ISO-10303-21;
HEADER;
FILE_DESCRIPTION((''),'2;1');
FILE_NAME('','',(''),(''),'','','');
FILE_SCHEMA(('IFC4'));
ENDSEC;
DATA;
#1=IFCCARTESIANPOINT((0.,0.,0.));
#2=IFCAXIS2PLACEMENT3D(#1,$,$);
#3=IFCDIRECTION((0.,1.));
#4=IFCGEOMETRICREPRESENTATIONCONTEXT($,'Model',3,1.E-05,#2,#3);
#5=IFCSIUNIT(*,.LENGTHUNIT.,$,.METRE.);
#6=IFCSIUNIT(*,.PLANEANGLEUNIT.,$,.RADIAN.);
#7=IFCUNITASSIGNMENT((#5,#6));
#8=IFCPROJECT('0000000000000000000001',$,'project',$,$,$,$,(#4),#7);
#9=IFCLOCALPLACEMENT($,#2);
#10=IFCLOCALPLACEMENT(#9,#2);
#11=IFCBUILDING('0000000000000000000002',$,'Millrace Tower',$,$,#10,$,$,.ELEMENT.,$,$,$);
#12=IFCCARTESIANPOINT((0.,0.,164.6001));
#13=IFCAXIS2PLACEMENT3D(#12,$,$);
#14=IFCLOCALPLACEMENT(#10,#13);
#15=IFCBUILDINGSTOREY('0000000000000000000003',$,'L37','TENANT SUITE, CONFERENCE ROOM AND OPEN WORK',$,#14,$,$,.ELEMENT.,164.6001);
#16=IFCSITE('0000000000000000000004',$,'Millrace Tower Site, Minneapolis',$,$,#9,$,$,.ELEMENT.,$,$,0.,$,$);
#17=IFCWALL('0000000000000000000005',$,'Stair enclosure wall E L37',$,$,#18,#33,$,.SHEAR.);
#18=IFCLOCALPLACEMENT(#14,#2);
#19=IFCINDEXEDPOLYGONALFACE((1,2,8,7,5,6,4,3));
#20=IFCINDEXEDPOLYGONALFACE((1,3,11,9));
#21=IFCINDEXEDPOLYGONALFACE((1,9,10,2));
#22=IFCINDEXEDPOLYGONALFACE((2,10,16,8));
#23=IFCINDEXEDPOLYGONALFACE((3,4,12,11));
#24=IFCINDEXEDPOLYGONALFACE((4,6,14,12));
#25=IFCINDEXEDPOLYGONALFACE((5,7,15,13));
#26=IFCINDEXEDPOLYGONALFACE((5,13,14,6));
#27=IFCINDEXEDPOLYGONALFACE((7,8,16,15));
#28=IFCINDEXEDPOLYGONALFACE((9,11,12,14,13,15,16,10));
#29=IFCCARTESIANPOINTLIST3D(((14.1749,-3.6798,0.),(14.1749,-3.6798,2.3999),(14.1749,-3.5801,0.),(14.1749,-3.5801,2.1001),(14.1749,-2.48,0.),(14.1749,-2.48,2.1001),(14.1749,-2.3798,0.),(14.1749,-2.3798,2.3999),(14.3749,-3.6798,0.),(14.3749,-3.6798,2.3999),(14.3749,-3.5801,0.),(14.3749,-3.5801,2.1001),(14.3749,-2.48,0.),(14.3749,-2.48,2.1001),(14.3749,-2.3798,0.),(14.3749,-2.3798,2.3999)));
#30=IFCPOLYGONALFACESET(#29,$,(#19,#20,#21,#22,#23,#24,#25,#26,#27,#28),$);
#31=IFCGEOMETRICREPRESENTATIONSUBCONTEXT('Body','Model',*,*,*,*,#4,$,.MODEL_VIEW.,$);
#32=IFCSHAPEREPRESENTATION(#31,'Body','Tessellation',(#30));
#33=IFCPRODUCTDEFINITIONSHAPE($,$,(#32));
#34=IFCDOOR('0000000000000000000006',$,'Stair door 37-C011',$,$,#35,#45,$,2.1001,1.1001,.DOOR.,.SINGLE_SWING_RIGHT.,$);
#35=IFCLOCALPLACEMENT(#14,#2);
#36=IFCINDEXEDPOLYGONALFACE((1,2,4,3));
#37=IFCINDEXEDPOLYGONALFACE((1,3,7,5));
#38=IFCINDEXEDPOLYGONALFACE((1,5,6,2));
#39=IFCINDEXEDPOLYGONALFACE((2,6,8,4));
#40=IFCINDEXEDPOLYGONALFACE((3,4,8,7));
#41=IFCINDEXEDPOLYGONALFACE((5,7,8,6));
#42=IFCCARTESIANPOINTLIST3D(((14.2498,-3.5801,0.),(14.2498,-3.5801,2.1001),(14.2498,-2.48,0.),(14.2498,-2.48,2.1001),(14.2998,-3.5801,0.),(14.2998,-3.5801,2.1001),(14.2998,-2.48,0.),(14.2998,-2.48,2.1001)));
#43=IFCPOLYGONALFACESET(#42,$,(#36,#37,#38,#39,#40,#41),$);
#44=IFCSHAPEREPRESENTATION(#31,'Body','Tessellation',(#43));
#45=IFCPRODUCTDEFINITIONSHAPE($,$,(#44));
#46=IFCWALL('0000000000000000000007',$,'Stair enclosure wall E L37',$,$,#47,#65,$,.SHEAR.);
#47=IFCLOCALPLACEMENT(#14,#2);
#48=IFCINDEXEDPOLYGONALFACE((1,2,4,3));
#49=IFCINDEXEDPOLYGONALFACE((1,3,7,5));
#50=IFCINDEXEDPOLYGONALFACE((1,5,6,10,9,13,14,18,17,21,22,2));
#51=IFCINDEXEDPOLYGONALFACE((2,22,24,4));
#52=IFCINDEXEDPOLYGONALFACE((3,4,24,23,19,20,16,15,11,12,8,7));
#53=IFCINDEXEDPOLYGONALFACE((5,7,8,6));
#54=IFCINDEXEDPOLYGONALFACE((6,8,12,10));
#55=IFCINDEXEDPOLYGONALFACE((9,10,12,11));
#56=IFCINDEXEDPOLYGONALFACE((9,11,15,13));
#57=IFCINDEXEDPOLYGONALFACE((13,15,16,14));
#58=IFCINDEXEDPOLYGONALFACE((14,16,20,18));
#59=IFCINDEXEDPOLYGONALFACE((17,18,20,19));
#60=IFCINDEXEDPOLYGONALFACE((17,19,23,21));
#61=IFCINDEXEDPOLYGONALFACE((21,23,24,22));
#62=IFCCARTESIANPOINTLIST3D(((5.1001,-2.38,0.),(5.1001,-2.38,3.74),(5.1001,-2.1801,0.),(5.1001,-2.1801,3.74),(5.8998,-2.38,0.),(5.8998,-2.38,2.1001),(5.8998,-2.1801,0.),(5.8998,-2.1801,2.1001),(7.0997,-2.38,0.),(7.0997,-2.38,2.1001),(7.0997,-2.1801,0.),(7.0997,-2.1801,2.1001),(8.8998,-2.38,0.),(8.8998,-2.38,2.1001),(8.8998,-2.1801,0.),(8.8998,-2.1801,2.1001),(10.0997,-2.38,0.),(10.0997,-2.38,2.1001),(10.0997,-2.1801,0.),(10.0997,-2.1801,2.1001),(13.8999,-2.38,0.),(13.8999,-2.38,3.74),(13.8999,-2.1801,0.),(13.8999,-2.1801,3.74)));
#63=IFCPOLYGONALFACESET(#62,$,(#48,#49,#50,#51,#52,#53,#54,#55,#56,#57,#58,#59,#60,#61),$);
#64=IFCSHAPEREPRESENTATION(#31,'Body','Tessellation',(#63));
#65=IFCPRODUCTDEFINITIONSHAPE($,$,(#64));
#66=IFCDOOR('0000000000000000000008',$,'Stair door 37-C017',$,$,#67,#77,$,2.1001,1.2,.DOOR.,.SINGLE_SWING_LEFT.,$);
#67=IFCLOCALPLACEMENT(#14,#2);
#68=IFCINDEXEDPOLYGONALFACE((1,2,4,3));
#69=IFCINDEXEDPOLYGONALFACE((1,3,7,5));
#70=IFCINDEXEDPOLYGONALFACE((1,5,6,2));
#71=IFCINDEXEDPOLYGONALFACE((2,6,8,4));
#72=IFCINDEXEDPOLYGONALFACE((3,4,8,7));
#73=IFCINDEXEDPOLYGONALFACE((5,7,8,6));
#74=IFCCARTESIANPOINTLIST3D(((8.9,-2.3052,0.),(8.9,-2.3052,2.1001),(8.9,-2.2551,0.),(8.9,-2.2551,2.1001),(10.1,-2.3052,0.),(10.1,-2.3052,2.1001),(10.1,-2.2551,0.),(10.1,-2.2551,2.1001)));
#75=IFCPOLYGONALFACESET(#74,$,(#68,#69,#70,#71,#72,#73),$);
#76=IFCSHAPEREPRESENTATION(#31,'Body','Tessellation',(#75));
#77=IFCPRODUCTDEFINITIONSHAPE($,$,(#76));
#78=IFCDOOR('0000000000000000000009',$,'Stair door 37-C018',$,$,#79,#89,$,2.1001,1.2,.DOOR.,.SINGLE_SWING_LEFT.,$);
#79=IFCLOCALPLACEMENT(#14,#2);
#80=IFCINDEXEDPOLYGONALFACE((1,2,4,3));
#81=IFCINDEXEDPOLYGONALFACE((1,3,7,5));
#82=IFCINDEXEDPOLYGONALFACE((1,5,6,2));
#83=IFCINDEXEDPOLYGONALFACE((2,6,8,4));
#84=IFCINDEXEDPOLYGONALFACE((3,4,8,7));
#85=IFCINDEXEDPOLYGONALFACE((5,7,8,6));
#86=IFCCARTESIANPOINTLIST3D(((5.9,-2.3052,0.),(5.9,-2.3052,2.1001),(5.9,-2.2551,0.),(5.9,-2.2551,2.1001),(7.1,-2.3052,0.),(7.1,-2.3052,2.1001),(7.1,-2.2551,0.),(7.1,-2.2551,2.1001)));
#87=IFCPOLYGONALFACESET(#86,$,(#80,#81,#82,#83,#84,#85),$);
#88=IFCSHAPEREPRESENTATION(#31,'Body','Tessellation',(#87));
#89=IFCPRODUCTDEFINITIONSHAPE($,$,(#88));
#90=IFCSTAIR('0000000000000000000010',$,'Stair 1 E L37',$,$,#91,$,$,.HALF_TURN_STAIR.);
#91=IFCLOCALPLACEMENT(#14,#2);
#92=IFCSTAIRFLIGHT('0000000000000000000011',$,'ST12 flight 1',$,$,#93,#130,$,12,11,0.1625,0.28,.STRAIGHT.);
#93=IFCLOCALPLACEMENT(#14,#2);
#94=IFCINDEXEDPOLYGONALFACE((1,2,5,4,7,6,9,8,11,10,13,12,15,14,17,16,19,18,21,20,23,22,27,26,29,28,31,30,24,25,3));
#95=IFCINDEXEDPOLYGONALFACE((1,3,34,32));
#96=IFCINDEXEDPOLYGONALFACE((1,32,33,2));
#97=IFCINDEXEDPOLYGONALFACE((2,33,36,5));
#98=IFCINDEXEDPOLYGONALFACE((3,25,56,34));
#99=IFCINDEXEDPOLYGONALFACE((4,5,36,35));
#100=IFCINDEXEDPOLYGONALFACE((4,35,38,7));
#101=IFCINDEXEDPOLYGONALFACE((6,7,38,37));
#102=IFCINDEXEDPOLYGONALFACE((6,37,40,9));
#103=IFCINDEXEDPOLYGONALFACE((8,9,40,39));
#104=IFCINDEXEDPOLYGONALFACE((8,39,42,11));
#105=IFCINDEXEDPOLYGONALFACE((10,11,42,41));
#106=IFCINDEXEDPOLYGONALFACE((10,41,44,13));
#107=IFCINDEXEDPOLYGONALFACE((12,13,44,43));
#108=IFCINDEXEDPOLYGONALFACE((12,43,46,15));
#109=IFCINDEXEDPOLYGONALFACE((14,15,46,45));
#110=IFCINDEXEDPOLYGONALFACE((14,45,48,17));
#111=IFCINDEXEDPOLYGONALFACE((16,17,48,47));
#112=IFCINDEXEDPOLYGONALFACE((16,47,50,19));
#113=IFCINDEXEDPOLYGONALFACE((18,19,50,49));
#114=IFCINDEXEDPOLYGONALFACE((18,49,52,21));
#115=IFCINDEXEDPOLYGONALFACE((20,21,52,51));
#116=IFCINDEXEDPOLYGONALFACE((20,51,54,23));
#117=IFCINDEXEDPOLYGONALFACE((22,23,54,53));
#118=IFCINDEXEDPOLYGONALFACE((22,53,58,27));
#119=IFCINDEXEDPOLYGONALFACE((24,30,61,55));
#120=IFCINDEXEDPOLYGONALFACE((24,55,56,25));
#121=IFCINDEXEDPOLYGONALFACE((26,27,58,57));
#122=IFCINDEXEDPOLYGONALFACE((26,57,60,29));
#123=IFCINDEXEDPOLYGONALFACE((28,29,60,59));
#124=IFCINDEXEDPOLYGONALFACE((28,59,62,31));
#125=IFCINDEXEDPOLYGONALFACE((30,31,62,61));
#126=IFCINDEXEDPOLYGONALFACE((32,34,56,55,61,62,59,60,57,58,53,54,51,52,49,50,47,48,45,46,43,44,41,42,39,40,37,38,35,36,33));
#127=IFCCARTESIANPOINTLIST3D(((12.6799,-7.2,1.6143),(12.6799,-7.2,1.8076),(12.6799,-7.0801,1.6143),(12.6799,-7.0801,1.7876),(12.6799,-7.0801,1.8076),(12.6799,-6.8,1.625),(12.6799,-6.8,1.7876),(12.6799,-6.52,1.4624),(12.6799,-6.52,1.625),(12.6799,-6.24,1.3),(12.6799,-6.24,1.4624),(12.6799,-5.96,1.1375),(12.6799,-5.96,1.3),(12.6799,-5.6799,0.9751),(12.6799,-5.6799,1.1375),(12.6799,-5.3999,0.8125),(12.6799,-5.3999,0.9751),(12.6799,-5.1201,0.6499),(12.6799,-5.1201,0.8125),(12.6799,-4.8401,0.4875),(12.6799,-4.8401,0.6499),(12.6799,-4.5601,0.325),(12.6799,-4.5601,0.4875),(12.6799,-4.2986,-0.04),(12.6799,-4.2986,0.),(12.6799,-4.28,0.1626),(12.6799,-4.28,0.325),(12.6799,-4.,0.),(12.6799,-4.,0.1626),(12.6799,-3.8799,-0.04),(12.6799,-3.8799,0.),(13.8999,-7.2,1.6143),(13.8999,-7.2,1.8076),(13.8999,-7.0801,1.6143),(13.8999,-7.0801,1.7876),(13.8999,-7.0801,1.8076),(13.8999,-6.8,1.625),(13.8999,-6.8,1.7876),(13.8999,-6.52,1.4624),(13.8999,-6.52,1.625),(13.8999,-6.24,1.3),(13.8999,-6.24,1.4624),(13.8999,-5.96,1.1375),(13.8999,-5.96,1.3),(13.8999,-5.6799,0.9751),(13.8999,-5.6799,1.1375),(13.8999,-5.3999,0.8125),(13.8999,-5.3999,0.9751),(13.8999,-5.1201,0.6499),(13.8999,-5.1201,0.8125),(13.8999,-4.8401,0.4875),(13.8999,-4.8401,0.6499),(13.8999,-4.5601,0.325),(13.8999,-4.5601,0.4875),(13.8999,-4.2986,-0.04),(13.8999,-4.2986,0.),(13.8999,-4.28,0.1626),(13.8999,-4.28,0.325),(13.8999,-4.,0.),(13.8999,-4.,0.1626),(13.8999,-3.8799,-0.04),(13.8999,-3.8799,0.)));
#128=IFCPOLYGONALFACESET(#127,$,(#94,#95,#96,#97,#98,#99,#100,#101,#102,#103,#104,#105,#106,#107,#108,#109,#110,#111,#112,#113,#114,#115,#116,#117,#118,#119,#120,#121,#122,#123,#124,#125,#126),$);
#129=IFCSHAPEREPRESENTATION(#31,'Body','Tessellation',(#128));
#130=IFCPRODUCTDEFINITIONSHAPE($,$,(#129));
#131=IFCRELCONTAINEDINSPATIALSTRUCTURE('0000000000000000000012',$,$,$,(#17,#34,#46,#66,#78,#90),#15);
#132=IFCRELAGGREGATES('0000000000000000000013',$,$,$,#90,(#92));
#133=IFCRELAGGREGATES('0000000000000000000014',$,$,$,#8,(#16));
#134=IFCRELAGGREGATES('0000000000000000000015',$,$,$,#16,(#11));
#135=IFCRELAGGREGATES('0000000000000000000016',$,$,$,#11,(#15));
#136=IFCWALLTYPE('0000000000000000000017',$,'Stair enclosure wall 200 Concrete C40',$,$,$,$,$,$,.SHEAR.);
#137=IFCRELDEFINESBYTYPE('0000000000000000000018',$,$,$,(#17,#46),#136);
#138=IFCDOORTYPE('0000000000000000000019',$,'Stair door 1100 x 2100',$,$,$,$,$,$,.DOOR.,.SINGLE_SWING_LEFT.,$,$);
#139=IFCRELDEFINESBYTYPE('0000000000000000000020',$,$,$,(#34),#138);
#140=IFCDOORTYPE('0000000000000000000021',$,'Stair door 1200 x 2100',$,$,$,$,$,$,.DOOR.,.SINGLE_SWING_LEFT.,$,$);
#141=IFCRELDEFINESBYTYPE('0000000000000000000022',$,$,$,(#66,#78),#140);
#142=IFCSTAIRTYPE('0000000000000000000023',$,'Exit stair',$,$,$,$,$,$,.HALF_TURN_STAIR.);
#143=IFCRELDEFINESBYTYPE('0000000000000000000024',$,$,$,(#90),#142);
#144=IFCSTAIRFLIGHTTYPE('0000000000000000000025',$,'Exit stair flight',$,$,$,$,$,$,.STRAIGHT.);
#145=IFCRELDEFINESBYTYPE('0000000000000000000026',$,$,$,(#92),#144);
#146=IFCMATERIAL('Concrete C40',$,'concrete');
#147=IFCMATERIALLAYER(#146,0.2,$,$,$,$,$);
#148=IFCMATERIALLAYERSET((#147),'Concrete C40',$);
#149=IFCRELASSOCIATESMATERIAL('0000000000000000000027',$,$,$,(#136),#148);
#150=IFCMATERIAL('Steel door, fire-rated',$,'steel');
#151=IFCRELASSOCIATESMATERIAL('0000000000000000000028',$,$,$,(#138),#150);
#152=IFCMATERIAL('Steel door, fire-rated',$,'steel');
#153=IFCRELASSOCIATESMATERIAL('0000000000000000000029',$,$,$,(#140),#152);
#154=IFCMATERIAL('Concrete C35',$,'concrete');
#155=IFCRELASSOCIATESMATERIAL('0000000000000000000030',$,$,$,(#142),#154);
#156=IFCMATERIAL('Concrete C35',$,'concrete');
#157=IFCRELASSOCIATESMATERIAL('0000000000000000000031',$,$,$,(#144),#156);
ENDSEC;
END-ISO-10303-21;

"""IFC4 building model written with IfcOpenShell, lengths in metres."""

from ifc_helpers import new_model, si_unit, direction, frame, frame_2d, origin, place, context, subcontext, project, spatial, polyline, rectangle, outline, extrude, material, layer, layer_set, type_object, element, fill, aggregate, save


model = new_model("IFC4")

# Units and contexts
model_context = context("Model", 3, precision=1e-05, world=origin(), true_north=direction((0.0, 1.0)))
body_context = subcontext(model_context, "Body", "Model", "MODEL_VIEW")
ifc_project = project(units=[si_unit("LENGTHUNIT", "METRE"), si_unit("PLANEANGLEUNIT", "RADIAN")], contexts=[model_context])

# Site, building, storey
site_placement = place(None, origin())
site = spatial("IfcSite", under=ifc_project, at=site_placement, Name="Millrace Tower Site, Minneapolis", CompositionType="ELEMENT", RefElevation=0.0)
building_placement = place(site_placement, origin())
building = spatial("IfcBuilding", under=site, at=building_placement, Name="Millrace Tower", CompositionType="ELEMENT")
storey_placement = place(building_placement, frame((0.0, 0.0, 164.6001)))
storey = spatial("IfcBuildingStorey", under=building, at=storey_placement, Name="L37", Description="TENANT SUITE, CONFERENCE ROOM AND OPEN WORK", CompositionType="ELEMENT", Elevation=164.6001)

# Shared definitions
placement = place(storey_placement, origin())

# Wall, opening, door
ifc_material_1 = material(Name="Concrete C40", Category="concrete")
ifc_layer_1 = layer(ifc_material_1, 0.2)
ifc_layer_set_1 = layer_set([ifc_layer_1], Name="Concrete C40")
wall_type_1 = type_object("IfcWallType", Name="Stair enclosure wall 200 Concrete C40", PredefinedType="SHEAR", material=ifc_layer_set_1)
wall_1_placement = place(storey_placement, frame((14.2749, -2.3799, 0.0), z_axis=(0.0, 0.0, 1.0), x_axis=(0.0, -1.0, 0.0)))
wall_1 = element("IfcWall", 1, at=wall_1_placement, inside=storey, type_object=wall_type_1, Name="Stair enclosure wall E L37", PredefinedType="SHEAR", context=body_context, shape_type="SweptSolid", body=[
    extrude(rectangle(XDim=1.3, YDim=0.2, at=frame_2d((0.6499, 0.0))), origin(), (0.0, 0.0, 1.0), 2.3999),
])
opening_1_placement = place(wall_1_placement, frame((0.1001, 0.0, 0.0)))
opening_1 = element("IfcOpeningElement", 2, at=opening_1_placement, cuts=wall_1, PredefinedType="OPENING", context=body_context, shape_type="SweptSolid", body=[
    extrude(rectangle(XDim=1.1001, YDim=2.1001, at=frame_2d((0.55, 1.05))), frame((0.0, 0.1099, 0.0), z_axis=(0.0, -1.0, 0.0), x_axis=(1.0, 0.0, 0.0)), (0.0, 0.0, 1.0), 0.22),
])
ifc_material_2 = material(Name="Steel door, fire-rated", Category="steel")
door_type_1 = type_object("IfcDoorType", Name="Stair door 1100 x 2100", OperationType="SINGLE_SWING_LEFT", PredefinedType="DOOR", material=ifc_material_2)
door_1_placement = place(opening_1_placement, origin())
door_1 = element("IfcDoor", 3, at=door_1_placement, inside=storey, type_object=door_type_1, Name="Stair door 37-C011", OperationType="SINGLE_SWING_RIGHT", OverallHeight=2.1001, OverallWidth=1.1001, PredefinedType="DOOR", context=body_context, shape_type="SweptSolid", body=[
    extrude(rectangle(XDim=1.1001, YDim=2.1001, at=frame_2d((0.55, 1.05))), frame((0.0, 0.0249, 0.0), z_axis=(0.0, -1.0, 0.0), x_axis=(1.0, 0.0, 0.0)), (0.0, 0.0, 1.0), 0.05),
])
fill(opening_1, door_1)

# Wall, openings, doors
wall_2_placement = place(storey_placement, frame((13.8999, -2.28, 0.0), z_axis=(0.0, 0.0, 1.0), x_axis=(-1.0, 0.0, 0.0)))
wall_2 = element("IfcWall", 4, at=wall_2_placement, inside=storey, type_object=wall_type_1, Name="Stair enclosure wall E L37", PredefinedType="SHEAR", context=body_context, shape_type="SweptSolid", body=[
    extrude(rectangle(XDim=8.7998, YDim=0.2, at=frame_2d((4.3999, 0.0))), origin(), (0.0, 0.0, 1.0), 3.74),
])
opening_2_placement = place(wall_2_placement, frame((3.8, 0.0, 0.0)))
opening_2 = element("IfcOpeningElement", 5, at=opening_2_placement, cuts=wall_2, PredefinedType="OPENING", context=body_context, shape_type="SweptSolid", body=[
    extrude(rectangle(XDim=1.2, YDim=2.1001, at=frame_2d((0.6001, 1.05))), frame((0.0, 0.1099, 0.0), z_axis=(0.0, -1.0, 0.0), x_axis=(1.0, 0.0, 0.0)), (0.0, 0.0, 1.0), 0.22),
])
opening_3_placement = place(wall_2_placement, frame((6.8, 0.0, 0.0)))
opening_3 = element("IfcOpeningElement", 6, at=opening_3_placement, cuts=wall_2, PredefinedType="OPENING", context=body_context, shape_type="SweptSolid", body=[
    extrude(rectangle(XDim=1.2, YDim=2.1001, at=frame_2d((0.6001, 1.05))), frame((0.0, 0.1099, 0.0), z_axis=(0.0, -1.0, 0.0), x_axis=(1.0, 0.0, 0.0)), (0.0, 0.0, 1.0), 0.22),
])
ifc_material_3 = material(Name="Steel door, fire-rated", Category="steel")
door_type_2 = type_object("IfcDoorType", Name="Stair door 1200 x 2100", OperationType="SINGLE_SWING_LEFT", PredefinedType="DOOR", material=ifc_material_3)
door_2_placement = place(opening_2_placement, frame((1.2, 0.0, 0.0), z_axis=(0.0, 0.0, 1.0), x_axis=(-1.0, 0.0, 0.0)))
door_2 = element("IfcDoor", 7, at=door_2_placement, inside=storey, type_object=door_type_2, Name="Stair door 37-C017", OperationType="SINGLE_SWING_LEFT", OverallHeight=2.1001, OverallWidth=1.2, PredefinedType="DOOR", context=body_context, shape_type="SweptSolid", body=[
    extrude(rectangle(XDim=1.2, YDim=2.1001, at=frame_2d((0.6001, 1.05))), frame((0.0, 0.0249, 0.0), z_axis=(0.0, -1.0, 0.0), x_axis=(1.0, 0.0, 0.0)), (0.0, 0.0, 1.0), 0.05),
])
fill(opening_2, door_2)
door_3_placement = place(opening_3_placement, frame((1.2, 0.0, 0.0), z_axis=(0.0, 0.0, 1.0), x_axis=(-1.0, 0.0, 0.0)))
door_3 = element("IfcDoor", 8, at=door_3_placement, inside=storey, type_object=door_type_2, Name="Stair door 37-C018", OperationType="SINGLE_SWING_LEFT", OverallHeight=2.1001, OverallWidth=1.2, PredefinedType="DOOR", context=body_context, shape_type="SweptSolid", body=[
    extrude(rectangle(XDim=1.2, YDim=2.1001, at=frame_2d((0.6001, 1.05))), frame((0.0, 0.0249, 0.0), z_axis=(0.0, -1.0, 0.0), x_axis=(1.0, 0.0, 0.0)), (0.0, 0.0, 1.0), 0.05),
])
fill(opening_3, door_3)

# Stair, stair flight
ifc_material_4 = material(Name="Concrete C35", Category="concrete")
stair_type = type_object("IfcStairType", Name="Exit stair", PredefinedType="HALF_TURN_STAIR", material=ifc_material_4)
stair = element("IfcStair", 9, at=placement, inside=storey, type_object=stair_type, Name="Stair 1 E L37", PredefinedType="HALF_TURN_STAIR")
ifc_material_5 = material(Name="Concrete C35", Category="concrete")
stair_flight_type = type_object("IfcStairFlightType", Name="Exit stair flight", PredefinedType="STRAIGHT", material=ifc_material_5)
stair_flight_placement = place(storey_placement, frame((13.29, -4.0, 0.0), z_axis=(0.0, 0.0, 1.0), x_axis=(0.0, -1.0, 0.0)))
stair_flight = element("IfcStairFlight", 10, at=stair_flight_placement, type_object=stair_flight_type, Name="ST12 flight 1", NumberOfRisers=12, NumberOfTreads=11, PredefinedType="STRAIGHT", RiserHeight=0.1625, TreadLength=0.28, context=body_context, shape_type="SweptSolid", body=[
    extrude(outline(polyline([(-0.1201, -0.04), (-0.1201, 0.0), (0.0, 0.0), (0.0, 0.1626), (0.28, 0.1626), (0.28, 0.325), (0.5601, 0.325), (0.5601, 0.4875), (0.8401, 0.4875), (0.8401, 0.6499), (1.1201, 0.6499), (1.1201, 0.8125), (1.3999, 0.8125), (1.3999, 0.9751), (1.6799, 0.9751), (1.6799, 1.1375), (1.96, 1.1375), (1.96, 1.3), (2.24, 1.3), (2.24, 1.4624), (2.52, 1.4624), (2.52, 1.625), (2.8, 1.625), (2.8, 1.7876), (3.0801, 1.7876), (3.0801, 1.8076), (3.2, 1.8076), (3.2, 1.6143), (3.0801, 1.6143), (0.2986, 0.0), (0.2986, -0.04), (-0.1201, -0.04)])), frame((0.0, 0.6099, 0.0), z_axis=(0.0, -1.0, 0.0), x_axis=(1.0, 0.0, 0.0)), (0.0, 0.0, 1.0), 1.22),
])
aggregate(stair, [stair_flight])

save(model, "model.ifc")
